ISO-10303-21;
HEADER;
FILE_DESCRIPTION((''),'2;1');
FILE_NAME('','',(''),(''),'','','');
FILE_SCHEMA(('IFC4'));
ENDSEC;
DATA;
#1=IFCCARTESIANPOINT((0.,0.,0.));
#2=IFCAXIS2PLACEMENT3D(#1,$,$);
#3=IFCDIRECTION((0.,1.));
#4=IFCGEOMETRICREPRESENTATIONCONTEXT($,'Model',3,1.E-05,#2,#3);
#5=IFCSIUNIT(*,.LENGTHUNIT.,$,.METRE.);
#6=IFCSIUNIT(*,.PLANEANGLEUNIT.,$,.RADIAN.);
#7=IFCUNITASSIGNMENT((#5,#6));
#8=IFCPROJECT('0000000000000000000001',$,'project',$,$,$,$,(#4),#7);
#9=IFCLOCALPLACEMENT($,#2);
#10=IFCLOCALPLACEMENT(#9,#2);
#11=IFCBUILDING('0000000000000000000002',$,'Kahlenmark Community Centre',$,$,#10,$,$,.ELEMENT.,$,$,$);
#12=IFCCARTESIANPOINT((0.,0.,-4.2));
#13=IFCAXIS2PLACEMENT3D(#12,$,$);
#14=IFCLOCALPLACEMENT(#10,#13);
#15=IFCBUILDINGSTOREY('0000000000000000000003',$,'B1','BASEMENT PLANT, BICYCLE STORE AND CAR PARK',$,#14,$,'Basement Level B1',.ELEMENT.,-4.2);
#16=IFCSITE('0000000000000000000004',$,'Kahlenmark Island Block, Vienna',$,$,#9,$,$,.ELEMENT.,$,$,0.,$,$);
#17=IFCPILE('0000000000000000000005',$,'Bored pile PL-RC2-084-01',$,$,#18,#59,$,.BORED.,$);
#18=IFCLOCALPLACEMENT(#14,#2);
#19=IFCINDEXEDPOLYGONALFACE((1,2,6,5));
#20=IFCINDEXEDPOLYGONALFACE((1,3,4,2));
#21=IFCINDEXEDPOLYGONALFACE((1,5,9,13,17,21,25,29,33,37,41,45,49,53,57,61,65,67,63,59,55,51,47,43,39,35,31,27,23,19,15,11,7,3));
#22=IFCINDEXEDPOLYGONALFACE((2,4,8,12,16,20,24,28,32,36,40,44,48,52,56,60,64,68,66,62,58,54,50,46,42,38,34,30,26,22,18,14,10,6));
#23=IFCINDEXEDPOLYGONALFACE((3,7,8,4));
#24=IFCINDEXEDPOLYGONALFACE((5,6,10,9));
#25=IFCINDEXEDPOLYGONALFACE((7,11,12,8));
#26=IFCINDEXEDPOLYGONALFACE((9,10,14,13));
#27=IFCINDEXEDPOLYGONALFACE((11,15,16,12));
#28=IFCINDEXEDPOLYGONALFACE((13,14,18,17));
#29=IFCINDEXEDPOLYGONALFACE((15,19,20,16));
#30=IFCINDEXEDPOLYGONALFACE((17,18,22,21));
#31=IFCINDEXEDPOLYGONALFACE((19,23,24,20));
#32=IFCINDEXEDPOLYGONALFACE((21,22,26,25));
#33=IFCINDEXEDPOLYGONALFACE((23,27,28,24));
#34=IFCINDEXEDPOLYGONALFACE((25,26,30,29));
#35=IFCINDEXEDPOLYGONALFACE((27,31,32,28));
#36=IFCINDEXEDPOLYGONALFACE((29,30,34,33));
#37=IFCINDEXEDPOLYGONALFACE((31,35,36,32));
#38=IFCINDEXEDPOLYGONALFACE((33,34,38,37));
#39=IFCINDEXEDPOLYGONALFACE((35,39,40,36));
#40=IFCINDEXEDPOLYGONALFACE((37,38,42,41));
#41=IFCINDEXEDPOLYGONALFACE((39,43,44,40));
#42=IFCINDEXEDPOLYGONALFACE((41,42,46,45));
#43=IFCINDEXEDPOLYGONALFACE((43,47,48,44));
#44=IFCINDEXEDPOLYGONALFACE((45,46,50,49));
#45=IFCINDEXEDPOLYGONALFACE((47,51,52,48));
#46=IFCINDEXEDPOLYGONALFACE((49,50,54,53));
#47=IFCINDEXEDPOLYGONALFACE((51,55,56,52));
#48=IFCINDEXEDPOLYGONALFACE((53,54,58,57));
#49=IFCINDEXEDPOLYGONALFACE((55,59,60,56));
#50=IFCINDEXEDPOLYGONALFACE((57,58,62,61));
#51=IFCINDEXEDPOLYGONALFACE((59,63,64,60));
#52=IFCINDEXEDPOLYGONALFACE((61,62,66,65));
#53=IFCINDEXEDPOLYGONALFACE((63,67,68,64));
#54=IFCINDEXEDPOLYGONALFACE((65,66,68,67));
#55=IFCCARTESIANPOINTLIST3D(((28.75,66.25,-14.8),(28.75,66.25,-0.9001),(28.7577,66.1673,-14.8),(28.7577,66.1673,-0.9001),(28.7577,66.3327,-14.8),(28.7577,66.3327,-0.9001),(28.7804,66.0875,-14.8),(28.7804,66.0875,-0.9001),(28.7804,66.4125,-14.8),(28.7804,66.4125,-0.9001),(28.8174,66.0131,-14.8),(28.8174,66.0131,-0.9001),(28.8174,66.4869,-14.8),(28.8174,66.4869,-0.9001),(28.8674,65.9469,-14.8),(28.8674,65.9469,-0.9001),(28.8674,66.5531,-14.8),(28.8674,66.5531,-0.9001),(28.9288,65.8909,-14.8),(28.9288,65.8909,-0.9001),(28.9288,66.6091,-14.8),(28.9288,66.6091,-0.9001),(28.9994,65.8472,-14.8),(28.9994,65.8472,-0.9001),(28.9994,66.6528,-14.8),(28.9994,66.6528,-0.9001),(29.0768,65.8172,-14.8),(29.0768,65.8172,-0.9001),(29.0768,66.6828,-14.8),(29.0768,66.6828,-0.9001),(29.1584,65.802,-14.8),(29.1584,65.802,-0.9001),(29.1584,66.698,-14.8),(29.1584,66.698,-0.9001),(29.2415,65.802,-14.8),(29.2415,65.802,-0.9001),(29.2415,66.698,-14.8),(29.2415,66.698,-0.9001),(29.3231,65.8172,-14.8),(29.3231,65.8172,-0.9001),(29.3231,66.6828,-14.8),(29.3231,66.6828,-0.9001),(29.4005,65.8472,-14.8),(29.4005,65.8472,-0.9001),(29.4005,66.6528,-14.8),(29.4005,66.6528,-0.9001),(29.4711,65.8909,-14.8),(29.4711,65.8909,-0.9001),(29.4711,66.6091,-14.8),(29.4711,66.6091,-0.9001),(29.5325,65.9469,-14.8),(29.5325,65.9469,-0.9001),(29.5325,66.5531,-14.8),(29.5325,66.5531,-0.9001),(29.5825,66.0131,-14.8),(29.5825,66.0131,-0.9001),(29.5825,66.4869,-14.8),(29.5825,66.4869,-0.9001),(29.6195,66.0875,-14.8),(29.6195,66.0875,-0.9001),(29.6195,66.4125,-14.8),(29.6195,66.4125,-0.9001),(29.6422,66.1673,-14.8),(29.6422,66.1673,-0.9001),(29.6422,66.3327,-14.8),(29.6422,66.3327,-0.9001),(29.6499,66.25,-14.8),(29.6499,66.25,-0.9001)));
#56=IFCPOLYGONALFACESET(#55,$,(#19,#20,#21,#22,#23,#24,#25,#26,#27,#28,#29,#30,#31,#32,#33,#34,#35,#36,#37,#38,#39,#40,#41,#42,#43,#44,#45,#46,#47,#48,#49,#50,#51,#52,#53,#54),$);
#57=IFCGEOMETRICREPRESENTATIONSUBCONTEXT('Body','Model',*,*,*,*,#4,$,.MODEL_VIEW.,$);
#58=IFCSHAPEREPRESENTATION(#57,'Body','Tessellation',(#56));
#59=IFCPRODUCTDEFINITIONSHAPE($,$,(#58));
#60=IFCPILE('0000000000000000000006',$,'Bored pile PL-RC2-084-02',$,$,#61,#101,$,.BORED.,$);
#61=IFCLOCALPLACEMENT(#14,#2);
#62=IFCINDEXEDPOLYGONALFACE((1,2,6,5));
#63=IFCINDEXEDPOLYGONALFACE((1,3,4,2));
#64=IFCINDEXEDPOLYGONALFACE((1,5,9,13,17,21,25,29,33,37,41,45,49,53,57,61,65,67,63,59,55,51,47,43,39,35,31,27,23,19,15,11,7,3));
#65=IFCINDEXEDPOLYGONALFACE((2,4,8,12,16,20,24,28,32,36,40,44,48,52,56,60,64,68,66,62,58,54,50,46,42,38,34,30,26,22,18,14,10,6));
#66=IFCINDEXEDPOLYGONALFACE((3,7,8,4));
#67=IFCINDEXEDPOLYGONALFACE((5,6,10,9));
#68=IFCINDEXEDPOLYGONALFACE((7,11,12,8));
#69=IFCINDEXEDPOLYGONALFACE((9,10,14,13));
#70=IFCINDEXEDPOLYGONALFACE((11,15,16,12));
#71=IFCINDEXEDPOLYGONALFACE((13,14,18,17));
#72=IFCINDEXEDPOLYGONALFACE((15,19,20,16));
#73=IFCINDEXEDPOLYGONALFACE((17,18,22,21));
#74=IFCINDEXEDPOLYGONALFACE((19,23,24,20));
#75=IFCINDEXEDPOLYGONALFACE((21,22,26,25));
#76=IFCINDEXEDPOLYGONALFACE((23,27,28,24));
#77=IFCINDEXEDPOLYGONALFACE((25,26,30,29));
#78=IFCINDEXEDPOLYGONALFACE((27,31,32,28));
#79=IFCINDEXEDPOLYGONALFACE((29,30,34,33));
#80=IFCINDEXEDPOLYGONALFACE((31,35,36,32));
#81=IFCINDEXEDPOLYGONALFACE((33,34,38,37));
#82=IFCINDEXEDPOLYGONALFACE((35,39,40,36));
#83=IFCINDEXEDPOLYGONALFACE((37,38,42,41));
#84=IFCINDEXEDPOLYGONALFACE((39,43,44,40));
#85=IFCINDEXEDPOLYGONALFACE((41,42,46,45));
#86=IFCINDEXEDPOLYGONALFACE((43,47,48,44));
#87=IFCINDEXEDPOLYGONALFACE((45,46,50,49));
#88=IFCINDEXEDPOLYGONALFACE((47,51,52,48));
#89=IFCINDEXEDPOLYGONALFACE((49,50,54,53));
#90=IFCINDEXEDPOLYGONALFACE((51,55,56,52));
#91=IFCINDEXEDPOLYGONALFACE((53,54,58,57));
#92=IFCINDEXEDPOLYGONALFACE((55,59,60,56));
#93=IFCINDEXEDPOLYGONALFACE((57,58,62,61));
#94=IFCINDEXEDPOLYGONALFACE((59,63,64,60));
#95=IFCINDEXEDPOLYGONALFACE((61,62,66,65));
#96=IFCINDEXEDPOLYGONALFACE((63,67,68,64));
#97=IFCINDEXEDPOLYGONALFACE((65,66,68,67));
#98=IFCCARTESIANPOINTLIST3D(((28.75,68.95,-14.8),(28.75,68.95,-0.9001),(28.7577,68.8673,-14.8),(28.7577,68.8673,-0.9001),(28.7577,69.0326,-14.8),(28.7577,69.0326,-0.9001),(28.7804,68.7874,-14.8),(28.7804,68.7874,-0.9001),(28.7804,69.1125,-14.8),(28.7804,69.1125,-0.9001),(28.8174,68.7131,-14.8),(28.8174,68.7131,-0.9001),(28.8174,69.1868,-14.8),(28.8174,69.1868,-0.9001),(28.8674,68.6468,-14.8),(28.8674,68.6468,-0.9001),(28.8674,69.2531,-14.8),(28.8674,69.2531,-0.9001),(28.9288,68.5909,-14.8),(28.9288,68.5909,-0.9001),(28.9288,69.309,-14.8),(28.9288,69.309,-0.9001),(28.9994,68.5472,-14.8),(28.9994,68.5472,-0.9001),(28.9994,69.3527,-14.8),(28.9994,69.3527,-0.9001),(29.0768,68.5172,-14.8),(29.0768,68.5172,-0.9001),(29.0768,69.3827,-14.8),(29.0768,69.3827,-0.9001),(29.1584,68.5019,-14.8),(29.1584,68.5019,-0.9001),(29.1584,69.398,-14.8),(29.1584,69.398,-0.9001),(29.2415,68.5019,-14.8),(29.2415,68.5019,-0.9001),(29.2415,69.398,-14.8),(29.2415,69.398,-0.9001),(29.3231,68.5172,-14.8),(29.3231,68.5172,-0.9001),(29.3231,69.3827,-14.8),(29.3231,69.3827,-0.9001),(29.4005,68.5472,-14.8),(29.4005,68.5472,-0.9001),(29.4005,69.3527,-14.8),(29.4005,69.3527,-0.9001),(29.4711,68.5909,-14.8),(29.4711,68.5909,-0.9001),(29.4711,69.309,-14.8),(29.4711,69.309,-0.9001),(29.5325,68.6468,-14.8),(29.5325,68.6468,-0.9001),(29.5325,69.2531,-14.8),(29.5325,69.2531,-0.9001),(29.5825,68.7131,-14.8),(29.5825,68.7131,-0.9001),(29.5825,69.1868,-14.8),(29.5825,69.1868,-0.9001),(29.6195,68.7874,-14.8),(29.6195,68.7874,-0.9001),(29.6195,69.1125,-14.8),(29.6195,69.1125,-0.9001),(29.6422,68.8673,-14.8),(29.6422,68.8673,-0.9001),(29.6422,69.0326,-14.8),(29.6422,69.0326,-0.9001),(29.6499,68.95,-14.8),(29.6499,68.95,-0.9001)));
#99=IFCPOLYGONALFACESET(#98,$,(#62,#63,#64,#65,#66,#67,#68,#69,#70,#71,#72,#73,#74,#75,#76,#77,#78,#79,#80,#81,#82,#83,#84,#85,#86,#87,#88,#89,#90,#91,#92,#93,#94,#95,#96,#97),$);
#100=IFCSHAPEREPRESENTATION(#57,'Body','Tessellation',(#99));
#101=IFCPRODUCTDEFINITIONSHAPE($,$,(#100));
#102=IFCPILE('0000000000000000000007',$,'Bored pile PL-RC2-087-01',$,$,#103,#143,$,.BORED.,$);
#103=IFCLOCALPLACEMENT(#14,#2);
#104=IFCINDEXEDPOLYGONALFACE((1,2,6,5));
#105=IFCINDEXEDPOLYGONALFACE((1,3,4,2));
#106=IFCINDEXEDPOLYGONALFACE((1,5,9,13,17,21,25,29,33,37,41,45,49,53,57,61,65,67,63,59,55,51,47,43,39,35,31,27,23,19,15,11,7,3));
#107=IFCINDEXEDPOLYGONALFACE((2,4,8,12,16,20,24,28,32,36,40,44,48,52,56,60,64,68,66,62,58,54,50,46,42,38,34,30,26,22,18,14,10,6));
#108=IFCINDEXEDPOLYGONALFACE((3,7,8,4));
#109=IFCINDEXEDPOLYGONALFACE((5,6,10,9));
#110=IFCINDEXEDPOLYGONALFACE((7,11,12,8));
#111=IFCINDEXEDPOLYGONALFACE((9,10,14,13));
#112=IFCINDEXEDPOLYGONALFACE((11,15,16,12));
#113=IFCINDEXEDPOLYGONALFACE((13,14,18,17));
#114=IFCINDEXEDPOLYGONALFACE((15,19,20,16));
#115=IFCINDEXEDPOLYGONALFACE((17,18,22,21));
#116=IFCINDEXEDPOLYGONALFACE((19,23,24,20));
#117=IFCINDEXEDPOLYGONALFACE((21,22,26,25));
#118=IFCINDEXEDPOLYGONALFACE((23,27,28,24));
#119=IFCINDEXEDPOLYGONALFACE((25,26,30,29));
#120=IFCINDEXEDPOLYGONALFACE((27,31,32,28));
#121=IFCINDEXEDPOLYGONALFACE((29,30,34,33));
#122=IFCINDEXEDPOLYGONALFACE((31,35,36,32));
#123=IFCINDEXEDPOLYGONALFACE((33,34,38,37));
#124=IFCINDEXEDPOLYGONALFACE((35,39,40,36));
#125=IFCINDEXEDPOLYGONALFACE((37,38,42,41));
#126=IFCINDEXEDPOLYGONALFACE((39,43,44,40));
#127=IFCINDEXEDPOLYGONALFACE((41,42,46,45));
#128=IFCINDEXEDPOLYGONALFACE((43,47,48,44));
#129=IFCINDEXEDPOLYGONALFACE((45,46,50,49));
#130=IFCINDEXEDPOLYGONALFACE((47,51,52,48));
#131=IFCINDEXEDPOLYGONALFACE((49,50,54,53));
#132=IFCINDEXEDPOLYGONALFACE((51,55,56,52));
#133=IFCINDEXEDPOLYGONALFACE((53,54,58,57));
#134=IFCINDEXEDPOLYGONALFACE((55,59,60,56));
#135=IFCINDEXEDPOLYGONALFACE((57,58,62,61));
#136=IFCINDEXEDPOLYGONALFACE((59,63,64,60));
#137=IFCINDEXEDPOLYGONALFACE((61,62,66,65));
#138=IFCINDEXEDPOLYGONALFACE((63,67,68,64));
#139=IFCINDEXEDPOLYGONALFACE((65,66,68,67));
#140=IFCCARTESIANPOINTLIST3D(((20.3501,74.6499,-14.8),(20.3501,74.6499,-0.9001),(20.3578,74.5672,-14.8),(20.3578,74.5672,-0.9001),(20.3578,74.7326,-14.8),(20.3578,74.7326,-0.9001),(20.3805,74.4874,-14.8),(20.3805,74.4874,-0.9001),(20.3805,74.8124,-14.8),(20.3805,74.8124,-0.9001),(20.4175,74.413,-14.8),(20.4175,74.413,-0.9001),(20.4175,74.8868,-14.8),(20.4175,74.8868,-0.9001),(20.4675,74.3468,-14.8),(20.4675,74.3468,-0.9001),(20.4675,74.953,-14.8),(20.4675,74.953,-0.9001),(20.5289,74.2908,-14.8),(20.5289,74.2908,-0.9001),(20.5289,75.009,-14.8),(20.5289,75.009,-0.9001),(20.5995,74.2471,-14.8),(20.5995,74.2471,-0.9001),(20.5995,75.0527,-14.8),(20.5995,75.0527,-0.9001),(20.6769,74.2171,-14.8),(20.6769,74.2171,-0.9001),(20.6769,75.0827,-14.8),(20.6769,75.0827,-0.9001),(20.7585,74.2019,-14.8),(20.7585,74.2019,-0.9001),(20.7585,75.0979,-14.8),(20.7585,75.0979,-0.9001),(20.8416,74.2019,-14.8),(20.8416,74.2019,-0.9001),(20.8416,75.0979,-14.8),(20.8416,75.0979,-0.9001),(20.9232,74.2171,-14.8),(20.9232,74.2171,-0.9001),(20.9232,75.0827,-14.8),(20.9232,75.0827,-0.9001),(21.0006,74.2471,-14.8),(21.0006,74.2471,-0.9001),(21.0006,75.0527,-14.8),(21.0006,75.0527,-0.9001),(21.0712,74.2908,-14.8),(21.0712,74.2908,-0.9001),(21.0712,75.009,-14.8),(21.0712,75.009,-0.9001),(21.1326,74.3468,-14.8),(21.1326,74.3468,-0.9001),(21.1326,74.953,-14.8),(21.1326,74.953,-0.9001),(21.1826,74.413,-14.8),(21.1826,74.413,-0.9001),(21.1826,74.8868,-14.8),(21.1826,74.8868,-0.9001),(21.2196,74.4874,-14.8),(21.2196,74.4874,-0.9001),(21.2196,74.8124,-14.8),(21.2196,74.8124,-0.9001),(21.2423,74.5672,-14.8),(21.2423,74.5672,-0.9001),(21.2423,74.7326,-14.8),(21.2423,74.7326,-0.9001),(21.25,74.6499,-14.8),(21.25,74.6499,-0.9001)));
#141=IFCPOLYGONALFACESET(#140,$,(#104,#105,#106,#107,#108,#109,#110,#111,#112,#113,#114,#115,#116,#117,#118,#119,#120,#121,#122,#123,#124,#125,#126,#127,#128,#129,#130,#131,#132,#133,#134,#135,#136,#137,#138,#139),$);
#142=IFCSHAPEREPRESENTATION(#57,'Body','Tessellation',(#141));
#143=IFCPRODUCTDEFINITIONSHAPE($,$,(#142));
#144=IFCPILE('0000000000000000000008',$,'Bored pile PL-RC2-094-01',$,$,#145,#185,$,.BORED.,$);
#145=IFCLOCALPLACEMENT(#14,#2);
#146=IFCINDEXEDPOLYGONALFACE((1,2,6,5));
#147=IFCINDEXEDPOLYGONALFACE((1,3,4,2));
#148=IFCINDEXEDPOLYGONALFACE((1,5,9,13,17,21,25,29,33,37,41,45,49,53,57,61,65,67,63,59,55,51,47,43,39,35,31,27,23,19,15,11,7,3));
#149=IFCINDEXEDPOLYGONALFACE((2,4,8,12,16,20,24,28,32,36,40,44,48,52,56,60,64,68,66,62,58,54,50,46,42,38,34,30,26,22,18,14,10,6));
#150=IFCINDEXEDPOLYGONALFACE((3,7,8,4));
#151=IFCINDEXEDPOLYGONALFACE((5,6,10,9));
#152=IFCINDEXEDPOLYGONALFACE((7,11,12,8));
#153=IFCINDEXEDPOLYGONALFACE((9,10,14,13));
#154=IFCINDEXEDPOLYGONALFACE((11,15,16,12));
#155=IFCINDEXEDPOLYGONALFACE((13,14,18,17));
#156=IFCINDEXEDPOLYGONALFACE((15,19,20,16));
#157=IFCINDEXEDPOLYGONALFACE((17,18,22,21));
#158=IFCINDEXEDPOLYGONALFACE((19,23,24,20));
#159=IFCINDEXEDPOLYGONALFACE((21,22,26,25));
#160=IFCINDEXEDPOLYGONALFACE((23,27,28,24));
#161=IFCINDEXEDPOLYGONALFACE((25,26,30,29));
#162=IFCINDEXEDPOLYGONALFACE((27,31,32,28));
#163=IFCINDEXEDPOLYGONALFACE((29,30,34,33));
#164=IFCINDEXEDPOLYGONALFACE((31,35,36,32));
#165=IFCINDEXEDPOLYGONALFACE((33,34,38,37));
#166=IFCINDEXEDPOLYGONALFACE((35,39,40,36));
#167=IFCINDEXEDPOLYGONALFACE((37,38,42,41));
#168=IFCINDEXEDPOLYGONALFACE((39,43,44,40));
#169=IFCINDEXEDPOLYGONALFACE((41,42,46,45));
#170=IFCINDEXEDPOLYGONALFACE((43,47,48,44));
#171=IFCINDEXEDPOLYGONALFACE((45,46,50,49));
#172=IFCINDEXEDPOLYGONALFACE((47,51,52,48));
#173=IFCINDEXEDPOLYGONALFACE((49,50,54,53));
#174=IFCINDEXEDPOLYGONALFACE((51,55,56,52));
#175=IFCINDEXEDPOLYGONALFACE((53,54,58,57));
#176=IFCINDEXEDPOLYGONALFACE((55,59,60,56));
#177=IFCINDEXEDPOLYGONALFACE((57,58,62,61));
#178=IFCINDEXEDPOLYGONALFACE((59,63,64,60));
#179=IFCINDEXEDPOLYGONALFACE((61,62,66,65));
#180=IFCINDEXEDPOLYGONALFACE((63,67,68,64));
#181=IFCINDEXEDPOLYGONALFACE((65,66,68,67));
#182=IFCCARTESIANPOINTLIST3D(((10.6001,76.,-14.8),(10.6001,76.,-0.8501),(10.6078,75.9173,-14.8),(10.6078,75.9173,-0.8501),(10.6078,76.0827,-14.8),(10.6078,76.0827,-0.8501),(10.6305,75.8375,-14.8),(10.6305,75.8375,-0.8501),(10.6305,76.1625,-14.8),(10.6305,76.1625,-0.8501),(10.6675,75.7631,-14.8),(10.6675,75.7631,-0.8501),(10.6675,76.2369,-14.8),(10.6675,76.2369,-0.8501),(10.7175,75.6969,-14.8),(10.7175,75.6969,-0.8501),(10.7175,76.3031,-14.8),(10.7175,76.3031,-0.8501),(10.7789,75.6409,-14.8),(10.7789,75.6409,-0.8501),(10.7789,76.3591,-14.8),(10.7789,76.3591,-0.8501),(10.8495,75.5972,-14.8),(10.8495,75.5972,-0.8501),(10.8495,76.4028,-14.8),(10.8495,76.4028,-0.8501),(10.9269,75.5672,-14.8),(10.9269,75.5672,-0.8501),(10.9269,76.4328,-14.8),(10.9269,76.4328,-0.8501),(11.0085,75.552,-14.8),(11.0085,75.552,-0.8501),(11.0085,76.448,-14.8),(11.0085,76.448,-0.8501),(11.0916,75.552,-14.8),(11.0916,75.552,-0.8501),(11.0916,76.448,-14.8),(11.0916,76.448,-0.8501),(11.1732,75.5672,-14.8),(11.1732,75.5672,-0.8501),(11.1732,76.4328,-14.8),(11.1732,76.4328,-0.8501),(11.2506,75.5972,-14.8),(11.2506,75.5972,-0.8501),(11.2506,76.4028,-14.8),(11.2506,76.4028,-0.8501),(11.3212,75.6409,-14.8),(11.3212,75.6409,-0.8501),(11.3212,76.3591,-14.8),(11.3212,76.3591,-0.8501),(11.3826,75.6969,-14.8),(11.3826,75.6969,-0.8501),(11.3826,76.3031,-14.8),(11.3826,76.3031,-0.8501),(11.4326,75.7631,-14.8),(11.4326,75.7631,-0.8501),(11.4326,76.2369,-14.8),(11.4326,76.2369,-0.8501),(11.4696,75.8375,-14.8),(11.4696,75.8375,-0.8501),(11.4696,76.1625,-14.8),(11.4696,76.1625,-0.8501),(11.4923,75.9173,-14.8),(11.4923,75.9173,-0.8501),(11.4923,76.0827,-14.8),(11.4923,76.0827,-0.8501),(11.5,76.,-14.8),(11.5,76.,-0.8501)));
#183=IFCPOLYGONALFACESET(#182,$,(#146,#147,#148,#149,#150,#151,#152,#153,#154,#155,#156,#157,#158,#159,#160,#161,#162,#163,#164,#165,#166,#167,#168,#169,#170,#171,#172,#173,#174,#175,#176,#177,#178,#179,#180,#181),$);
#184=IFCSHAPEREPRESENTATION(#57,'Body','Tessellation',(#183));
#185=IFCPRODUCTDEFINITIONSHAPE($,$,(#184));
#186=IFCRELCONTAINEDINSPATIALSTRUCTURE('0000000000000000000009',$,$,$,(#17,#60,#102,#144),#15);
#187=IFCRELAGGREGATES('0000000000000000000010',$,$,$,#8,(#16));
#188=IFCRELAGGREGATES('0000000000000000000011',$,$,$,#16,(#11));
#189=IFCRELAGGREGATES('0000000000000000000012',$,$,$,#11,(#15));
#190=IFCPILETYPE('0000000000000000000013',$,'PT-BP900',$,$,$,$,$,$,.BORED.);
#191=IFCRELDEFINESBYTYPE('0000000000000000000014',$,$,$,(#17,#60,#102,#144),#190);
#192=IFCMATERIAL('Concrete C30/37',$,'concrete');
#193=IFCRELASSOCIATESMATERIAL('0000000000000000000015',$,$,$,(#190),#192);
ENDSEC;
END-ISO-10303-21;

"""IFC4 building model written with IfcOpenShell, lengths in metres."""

from ifc_helpers import new_model, si_unit, direction, frame, origin, origin_2d, place, context, subcontext, project, spatial, circle, extrude, material, material_profile, profile_set, type_object, element, save


model = new_model("IFC4")

# Units and contexts
model_context = context("Model", 3, precision=1e-05, world=origin(), true_north=direction((0.0, 1.0)))
body_context = subcontext(model_context, "Body", "Model", "MODEL_VIEW")
ifc_project = project(units=[si_unit("LENGTHUNIT", "METRE"), si_unit("PLANEANGLEUNIT", "RADIAN")], contexts=[model_context])

# Site, building, storey
site_placement = place(None, origin())
site = spatial("IfcSite", under=ifc_project, at=site_placement, Name="Kahlenmark Island Block, Vienna", CompositionType="ELEMENT", RefElevation=0.0)
building_placement = place(site_placement, origin())
building = spatial("IfcBuilding", under=site, at=building_placement, Name="Kahlenmark Community Centre", CompositionType="ELEMENT")
storey_placement = place(building_placement, frame((0.0, 0.0, -4.2)))
storey = spatial("IfcBuildingStorey", under=building, at=storey_placement, Name="B1", Description="BASEMENT PLANT, BICYCLE STORE AND CAR PARK", LongName="Basement Level B1", CompositionType="ELEMENT", Elevation=-4.2)

# Shared definitions
ifc_material_1 = material(Name="Concrete C30/37", Category="concrete")

# Piles
ifc_material_profile_1 = material_profile(ifc_material_1, circle(Radius=0.45, at=origin_2d()), Name="BORED PILE 900")
ifc_profile_set_1 = profile_set([ifc_material_profile_1], Name="Concrete C30/37")
pile_type_1 = type_object("IfcPileType", Name="PT-BP900", PredefinedType="BORED", material=ifc_profile_set_1)
for number, where, z_axis, x_axis, name in (
    (1, (29.2, 66.25, -0.9001), (0.0, 0.0, -1.0), (1.0, 0.0, 0.0), "Bored pile PL-RC2-084-01"),
    (2, (29.2, 68.95, -0.9001), (0.0, 0.0, -1.0), (1.0, 0.0, 0.0), "Bored pile PL-RC2-084-02"),
    (3, (20.8, 74.6499, -0.9001), (0.0, 0.0, -1.0), (1.0, 0.0, 0.0), "Bored pile PL-RC2-087-01"),
):
    element("IfcPile", number, at=place(storey_placement, frame(where, z_axis=z_axis, x_axis=x_axis)), inside=storey, type_object=pile_type_1, Name=name, PredefinedType="BORED", context=body_context, shape_type="SweptSolid", body=[
        extrude(circle(Radius=0.45, at=origin_2d()), origin(), (0.0, 0.0, 1.0), 13.8999),
    ])
for number, where, z_axis, x_axis, name in (
    (4, (11.05, 76.0, -0.8501), (0.0, 0.0, -1.0), (1.0, 0.0, 0.0), "Bored pile PL-RC2-094-01"),
):
    element("IfcPile", number, at=place(storey_placement, frame(where, z_axis=z_axis, x_axis=x_axis)), inside=storey, type_object=pile_type_1, Name=name, PredefinedType="BORED", context=body_context, shape_type="SweptSolid", body=[
        extrude(circle(Radius=0.45, at=origin_2d()), origin(), (0.0, 0.0, 1.0), 13.95),
    ])

save(model, "model.ifc")
